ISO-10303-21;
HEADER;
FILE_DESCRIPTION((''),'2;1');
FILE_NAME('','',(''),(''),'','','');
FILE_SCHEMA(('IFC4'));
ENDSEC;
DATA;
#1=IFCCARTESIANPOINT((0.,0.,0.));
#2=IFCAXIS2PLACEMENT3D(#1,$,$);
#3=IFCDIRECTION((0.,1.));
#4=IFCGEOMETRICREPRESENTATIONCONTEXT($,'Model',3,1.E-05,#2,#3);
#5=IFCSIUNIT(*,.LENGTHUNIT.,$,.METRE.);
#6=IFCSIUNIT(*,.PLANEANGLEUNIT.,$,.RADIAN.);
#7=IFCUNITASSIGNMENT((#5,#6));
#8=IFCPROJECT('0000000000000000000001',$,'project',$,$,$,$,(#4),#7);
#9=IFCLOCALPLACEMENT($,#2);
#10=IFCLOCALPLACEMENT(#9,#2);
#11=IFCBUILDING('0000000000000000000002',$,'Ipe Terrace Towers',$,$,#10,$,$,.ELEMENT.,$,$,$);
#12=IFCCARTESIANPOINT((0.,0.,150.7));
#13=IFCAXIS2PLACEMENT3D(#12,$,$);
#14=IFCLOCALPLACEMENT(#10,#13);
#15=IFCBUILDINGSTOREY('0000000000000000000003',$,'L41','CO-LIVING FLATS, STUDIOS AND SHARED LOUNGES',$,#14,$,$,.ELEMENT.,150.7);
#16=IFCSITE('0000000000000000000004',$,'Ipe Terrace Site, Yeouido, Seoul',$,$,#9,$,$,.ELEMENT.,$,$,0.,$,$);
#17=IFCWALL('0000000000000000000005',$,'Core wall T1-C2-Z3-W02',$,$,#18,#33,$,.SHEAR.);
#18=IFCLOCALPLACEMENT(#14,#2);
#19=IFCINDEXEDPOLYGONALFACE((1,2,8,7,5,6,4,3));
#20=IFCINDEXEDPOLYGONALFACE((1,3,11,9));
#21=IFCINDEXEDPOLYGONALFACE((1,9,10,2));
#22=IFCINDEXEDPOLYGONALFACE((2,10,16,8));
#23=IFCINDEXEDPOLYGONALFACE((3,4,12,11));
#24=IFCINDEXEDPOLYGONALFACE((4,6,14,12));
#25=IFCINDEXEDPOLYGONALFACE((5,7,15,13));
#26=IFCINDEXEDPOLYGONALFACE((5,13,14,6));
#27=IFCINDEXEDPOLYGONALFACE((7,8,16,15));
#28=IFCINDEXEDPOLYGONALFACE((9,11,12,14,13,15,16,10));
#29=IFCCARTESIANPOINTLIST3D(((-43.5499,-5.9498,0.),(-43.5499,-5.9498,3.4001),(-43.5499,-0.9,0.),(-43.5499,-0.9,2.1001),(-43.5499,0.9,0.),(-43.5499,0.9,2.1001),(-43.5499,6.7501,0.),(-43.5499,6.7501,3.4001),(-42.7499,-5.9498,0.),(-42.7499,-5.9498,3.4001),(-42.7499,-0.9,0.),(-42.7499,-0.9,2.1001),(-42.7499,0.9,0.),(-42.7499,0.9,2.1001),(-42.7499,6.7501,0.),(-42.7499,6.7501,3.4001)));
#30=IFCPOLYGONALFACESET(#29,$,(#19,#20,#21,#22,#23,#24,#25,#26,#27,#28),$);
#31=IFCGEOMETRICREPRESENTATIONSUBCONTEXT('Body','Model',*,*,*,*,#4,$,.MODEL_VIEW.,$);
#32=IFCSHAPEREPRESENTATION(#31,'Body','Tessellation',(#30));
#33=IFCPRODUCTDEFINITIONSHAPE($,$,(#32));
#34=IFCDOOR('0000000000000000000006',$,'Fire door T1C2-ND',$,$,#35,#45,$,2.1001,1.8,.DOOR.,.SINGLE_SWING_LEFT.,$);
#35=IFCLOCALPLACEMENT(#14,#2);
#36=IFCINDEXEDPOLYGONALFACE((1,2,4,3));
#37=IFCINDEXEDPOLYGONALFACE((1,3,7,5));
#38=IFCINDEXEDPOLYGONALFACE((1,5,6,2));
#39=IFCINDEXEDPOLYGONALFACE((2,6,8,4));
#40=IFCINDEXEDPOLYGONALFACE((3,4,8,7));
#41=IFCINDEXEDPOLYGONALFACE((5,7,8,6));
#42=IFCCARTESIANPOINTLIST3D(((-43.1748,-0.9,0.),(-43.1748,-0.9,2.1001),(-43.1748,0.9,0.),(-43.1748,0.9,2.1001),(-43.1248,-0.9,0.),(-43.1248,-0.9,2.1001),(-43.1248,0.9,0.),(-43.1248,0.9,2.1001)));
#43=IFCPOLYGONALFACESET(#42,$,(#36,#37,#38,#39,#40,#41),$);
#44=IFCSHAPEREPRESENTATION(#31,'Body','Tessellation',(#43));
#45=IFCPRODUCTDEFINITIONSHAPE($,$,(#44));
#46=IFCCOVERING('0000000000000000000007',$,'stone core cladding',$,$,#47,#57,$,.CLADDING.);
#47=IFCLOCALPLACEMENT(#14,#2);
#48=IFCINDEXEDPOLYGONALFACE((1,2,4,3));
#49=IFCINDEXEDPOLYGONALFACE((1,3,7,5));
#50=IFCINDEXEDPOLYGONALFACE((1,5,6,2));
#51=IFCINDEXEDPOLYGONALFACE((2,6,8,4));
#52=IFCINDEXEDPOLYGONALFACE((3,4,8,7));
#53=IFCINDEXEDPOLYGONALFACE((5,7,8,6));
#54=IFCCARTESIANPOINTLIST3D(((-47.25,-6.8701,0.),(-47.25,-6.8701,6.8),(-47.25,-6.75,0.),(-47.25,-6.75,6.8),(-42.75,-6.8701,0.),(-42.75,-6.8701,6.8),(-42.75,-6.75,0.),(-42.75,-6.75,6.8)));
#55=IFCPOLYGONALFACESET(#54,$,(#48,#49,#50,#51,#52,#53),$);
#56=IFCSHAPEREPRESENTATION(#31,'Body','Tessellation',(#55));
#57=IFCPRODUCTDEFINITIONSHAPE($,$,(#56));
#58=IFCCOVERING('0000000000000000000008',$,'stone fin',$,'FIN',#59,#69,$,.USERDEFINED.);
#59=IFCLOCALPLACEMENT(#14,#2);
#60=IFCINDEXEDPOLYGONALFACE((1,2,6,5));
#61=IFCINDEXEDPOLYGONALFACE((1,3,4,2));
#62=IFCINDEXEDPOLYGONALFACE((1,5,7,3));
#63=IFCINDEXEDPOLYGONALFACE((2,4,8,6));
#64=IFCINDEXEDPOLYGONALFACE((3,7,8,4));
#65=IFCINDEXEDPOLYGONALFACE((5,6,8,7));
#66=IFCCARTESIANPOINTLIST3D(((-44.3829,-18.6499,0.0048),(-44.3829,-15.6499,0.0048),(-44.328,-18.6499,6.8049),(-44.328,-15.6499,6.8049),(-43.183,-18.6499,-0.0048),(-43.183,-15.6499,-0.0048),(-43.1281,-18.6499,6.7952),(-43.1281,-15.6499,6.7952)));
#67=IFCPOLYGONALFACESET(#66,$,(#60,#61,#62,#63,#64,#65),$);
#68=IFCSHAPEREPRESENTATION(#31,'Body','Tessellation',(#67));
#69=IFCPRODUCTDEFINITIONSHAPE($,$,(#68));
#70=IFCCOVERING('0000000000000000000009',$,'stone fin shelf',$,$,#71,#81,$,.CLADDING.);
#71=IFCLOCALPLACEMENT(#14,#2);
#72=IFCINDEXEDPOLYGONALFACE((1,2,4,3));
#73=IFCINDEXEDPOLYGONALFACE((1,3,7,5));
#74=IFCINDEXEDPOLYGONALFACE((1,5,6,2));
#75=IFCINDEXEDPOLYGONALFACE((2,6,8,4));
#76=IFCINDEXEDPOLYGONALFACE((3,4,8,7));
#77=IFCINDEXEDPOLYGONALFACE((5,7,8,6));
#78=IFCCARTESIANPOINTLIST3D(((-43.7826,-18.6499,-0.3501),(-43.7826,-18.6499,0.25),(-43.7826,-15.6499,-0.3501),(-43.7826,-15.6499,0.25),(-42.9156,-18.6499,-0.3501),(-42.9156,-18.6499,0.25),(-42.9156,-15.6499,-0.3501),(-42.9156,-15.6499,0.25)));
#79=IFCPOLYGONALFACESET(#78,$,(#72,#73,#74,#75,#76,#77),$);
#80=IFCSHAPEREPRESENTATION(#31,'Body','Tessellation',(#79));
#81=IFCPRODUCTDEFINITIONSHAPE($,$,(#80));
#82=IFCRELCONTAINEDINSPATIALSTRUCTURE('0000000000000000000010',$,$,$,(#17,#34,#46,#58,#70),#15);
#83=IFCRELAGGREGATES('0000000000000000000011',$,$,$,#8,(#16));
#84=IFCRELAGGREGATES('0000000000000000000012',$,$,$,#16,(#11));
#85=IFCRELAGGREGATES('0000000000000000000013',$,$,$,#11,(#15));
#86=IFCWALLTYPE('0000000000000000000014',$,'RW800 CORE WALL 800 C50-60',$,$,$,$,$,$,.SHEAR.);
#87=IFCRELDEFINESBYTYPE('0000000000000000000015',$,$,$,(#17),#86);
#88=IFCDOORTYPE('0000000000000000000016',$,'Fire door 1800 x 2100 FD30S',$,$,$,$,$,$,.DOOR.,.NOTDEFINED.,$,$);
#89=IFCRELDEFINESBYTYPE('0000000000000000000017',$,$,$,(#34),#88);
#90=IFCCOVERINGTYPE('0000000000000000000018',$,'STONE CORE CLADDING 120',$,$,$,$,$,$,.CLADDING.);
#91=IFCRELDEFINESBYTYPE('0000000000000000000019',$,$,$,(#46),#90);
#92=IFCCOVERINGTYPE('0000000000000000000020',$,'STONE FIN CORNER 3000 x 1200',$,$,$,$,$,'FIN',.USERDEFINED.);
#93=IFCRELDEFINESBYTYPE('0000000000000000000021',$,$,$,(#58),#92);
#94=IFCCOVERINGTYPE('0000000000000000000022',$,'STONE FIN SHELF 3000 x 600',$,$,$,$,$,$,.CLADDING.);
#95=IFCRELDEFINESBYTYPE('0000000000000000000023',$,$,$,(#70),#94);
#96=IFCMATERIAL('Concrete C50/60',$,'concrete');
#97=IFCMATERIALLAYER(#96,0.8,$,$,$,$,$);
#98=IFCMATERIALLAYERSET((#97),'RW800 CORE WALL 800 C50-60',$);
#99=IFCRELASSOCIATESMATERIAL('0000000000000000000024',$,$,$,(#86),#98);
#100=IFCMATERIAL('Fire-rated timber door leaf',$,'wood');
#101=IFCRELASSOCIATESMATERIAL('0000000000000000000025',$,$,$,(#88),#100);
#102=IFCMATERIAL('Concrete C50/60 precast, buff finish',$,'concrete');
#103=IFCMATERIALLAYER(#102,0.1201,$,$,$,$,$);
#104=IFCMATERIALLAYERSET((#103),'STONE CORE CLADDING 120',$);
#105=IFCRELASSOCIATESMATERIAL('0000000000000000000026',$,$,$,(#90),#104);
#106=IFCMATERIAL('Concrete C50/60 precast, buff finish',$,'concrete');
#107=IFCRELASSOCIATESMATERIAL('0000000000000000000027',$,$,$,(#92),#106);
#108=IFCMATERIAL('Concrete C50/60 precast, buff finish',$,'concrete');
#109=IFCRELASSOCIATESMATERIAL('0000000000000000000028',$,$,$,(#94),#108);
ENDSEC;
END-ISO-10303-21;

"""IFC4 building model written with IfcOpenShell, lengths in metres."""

from ifc_helpers import new_model, si_unit, direction, frame, frame_2d, origin, origin_2d, place, context, subcontext, project, spatial, rectangle, extrude, material, layer, layer_set, material_profile, profile_set, type_object, element, fill, save


model = new_model("IFC4")

# Units and contexts
model_context = context("Model", 3, precision=1e-05, world=origin(), true_north=direction((0.0, 1.0)))
body_context = subcontext(model_context, "Body", "Model", "MODEL_VIEW")
ifc_project = project(units=[si_unit("LENGTHUNIT", "METRE"), si_unit("PLANEANGLEUNIT", "RADIAN")], contexts=[model_context])

# Site, building, storey
site_placement = place(None, origin())
site = spatial("IfcSite", under=ifc_project, at=site_placement, Name="Ipe Terrace Site, Yeouido, Seoul", CompositionType="ELEMENT", RefElevation=0.0)
building_placement = place(site_placement, origin())
building = spatial("IfcBuilding", under=site, at=building_placement, Name="Ipe Terrace Towers", CompositionType="ELEMENT")
storey_placement = place(building_placement, frame((0.0, 0.0, 150.7)))
storey = spatial("IfcBuildingStorey", under=building, at=storey_placement, Name="L41", Description="CO-LIVING FLATS, STUDIOS AND SHARED LOUNGES", CompositionType="ELEMENT", Elevation=150.7)

# Shared definitions
ifc_material_1 = material(Name="Concrete C50/60", Category="concrete")
ifc_layer_1 = layer(ifc_material_1, 0.8)
ifc_layer_set_1 = layer_set([ifc_layer_1], Name="RW800 CORE WALL 800 C50-60")
wall_type_1 = type_object("IfcWallType", Name="RW800 CORE WALL 800 C50-60", PredefinedType="SHEAR", material=ifc_layer_set_1)

# Wall, opening, door
wall_1_placement = place(storey_placement, frame((-43.1499, -5.95, 0.0), z_axis=(0.0, 0.0, 1.0), x_axis=(0.0, 1.0, 0.0)))
wall_1 = element("IfcWall", 1, at=wall_1_placement, inside=storey, type_object=wall_type_1, Name="Core wall T1-C2-Z3-W02", PredefinedType="SHEAR", context=body_context, shape_type="SweptSolid", body=[
    extrude(rectangle(XDim=12.7, YDim=0.8, at=frame_2d((6.3501, 0.0))), origin(), (0.0, 0.0, 1.0), 3.4001),
])
opening_1_placement = place(wall_1_placement, frame((5.05, 0.0, 0.0)))
opening_1 = element("IfcOpeningElement", 2, at=opening_1_placement, cuts=wall_1, PredefinedType="OPENING", context=body_context, shape_type="SweptSolid", body=[
    extrude(rectangle(XDim=1.8, YDim=2.1001, at=frame_2d((0.8999, 1.05))), frame((0.0, 0.4102, 0.0), z_axis=(0.0, -1.0, 0.0), x_axis=(1.0, 0.0, 0.0)), (0.0, 0.0, 1.0), 0.8201),
])
ifc_material_2 = material(Name="Fire-rated timber door leaf", Category="wood")
door_type_1 = type_object("IfcDoorType", Name="Fire door 1800 x 2100 FD30S", OperationType="NOTDEFINED", PredefinedType="DOOR", material=ifc_material_2)
door_1_placement = place(opening_1_placement, origin())
door_1 = element("IfcDoor", 3, at=door_1_placement, inside=storey, type_object=door_type_1, Name="Fire door T1C2-ND", OperationType="SINGLE_SWING_LEFT", OverallHeight=2.1001, OverallWidth=1.8, PredefinedType="DOOR", context=body_context, shape_type="SweptSolid", body=[
    extrude(rectangle(XDim=1.8, YDim=2.1001, at=frame_2d((0.8999, 1.05))), frame((0.0, 0.0249, 0.0), z_axis=(0.0, -1.0, 0.0), x_axis=(1.0, 0.0, 0.0)), (0.0, 0.0, 1.0), 0.05),
])
fill(opening_1, door_1)

# Coverings
ifc_material_3 = material(Name="Concrete C50/60 precast, buff finish", Category="concrete")
ifc_layer_2 = layer(ifc_material_3, 0.1201)
ifc_layer_set_2 = layer_set([ifc_layer_2], Name="STONE CORE CLADDING 120")
covering_type_1 = type_object("IfcCoveringType", Name="STONE CORE CLADDING 120", PredefinedType="CLADDING", material=ifc_layer_set_2)
covering_1_placement = place(storey_placement, frame((-45.0, -6.8101, 0.0), z_axis=(0.0, 0.0, 1.0), x_axis=(1.0, 0.0, 0.0)))
element("IfcCovering", 4, at=covering_1_placement, inside=storey, type_object=covering_type_1, Name="stone core cladding", PredefinedType="CLADDING", context=body_context, shape_type="SweptSolid", body=[
    extrude(rectangle(XDim=4.5, YDim=0.1201, at=origin_2d()), origin(), (0.0, 0.0, 1.0), 6.8),
])
ifc_material_4 = material(Name="Concrete C50/60 precast, buff finish", Category="concrete")
ifc_material_profile_1 = material_profile(ifc_material_4, rectangle(XDim=3.0, YDim=1.2, at=origin_2d()), Name="STONE FIN CORNER 3000 x 1200")
ifc_profile_set_1 = profile_set([ifc_material_profile_1], Name="Concrete C50/60 precast, buff finish")
covering_type_2 = type_object("IfcCoveringType", Name="STONE FIN CORNER 3000 x 1200", ElementType="FIN", PredefinedType="USERDEFINED", material=ifc_profile_set_1)
covering_2_placement = place(storey_placement, frame((-43.783, -17.1499, 0.0), z_axis=(0.008078, 0.0, 0.999967), x_axis=(0.0, -1.0, 0.0)))
element("IfcCovering", 5, at=covering_2_placement, inside=storey, type_object=covering_type_2, Name="stone fin", ObjectType="FIN", PredefinedType="USERDEFINED", context=body_context, shape_type="SweptSolid", body=[
    extrude(rectangle(XDim=3.0, YDim=1.2, at=origin_2d()), origin(), (0.0, 0.0, 1.0), 6.8003),
])
ifc_material_5 = material(Name="Concrete C50/60 precast, buff finish", Category="concrete")
covering_type_3 = type_object("IfcCoveringType", Name="STONE FIN SHELF 3000 x 600", PredefinedType="CLADDING", material=ifc_material_5)
covering_3_placement = place(storey_placement, frame((-43.3491, -17.1499, -0.3501), z_axis=(0.0, 0.0, 1.0), x_axis=(0.0, -1.0, 0.0)))
element("IfcCovering", 6, at=covering_3_placement, inside=storey, type_object=covering_type_3, Name="stone fin shelf", PredefinedType="CLADDING", context=body_context, shape_type="SweptSolid", body=[
    extrude(rectangle(XDim=3.0, YDim=0.8669, at=origin_2d()), origin(), (0.0, 0.0, 1.0), 0.6001),
])

save(model, "model.ifc")
